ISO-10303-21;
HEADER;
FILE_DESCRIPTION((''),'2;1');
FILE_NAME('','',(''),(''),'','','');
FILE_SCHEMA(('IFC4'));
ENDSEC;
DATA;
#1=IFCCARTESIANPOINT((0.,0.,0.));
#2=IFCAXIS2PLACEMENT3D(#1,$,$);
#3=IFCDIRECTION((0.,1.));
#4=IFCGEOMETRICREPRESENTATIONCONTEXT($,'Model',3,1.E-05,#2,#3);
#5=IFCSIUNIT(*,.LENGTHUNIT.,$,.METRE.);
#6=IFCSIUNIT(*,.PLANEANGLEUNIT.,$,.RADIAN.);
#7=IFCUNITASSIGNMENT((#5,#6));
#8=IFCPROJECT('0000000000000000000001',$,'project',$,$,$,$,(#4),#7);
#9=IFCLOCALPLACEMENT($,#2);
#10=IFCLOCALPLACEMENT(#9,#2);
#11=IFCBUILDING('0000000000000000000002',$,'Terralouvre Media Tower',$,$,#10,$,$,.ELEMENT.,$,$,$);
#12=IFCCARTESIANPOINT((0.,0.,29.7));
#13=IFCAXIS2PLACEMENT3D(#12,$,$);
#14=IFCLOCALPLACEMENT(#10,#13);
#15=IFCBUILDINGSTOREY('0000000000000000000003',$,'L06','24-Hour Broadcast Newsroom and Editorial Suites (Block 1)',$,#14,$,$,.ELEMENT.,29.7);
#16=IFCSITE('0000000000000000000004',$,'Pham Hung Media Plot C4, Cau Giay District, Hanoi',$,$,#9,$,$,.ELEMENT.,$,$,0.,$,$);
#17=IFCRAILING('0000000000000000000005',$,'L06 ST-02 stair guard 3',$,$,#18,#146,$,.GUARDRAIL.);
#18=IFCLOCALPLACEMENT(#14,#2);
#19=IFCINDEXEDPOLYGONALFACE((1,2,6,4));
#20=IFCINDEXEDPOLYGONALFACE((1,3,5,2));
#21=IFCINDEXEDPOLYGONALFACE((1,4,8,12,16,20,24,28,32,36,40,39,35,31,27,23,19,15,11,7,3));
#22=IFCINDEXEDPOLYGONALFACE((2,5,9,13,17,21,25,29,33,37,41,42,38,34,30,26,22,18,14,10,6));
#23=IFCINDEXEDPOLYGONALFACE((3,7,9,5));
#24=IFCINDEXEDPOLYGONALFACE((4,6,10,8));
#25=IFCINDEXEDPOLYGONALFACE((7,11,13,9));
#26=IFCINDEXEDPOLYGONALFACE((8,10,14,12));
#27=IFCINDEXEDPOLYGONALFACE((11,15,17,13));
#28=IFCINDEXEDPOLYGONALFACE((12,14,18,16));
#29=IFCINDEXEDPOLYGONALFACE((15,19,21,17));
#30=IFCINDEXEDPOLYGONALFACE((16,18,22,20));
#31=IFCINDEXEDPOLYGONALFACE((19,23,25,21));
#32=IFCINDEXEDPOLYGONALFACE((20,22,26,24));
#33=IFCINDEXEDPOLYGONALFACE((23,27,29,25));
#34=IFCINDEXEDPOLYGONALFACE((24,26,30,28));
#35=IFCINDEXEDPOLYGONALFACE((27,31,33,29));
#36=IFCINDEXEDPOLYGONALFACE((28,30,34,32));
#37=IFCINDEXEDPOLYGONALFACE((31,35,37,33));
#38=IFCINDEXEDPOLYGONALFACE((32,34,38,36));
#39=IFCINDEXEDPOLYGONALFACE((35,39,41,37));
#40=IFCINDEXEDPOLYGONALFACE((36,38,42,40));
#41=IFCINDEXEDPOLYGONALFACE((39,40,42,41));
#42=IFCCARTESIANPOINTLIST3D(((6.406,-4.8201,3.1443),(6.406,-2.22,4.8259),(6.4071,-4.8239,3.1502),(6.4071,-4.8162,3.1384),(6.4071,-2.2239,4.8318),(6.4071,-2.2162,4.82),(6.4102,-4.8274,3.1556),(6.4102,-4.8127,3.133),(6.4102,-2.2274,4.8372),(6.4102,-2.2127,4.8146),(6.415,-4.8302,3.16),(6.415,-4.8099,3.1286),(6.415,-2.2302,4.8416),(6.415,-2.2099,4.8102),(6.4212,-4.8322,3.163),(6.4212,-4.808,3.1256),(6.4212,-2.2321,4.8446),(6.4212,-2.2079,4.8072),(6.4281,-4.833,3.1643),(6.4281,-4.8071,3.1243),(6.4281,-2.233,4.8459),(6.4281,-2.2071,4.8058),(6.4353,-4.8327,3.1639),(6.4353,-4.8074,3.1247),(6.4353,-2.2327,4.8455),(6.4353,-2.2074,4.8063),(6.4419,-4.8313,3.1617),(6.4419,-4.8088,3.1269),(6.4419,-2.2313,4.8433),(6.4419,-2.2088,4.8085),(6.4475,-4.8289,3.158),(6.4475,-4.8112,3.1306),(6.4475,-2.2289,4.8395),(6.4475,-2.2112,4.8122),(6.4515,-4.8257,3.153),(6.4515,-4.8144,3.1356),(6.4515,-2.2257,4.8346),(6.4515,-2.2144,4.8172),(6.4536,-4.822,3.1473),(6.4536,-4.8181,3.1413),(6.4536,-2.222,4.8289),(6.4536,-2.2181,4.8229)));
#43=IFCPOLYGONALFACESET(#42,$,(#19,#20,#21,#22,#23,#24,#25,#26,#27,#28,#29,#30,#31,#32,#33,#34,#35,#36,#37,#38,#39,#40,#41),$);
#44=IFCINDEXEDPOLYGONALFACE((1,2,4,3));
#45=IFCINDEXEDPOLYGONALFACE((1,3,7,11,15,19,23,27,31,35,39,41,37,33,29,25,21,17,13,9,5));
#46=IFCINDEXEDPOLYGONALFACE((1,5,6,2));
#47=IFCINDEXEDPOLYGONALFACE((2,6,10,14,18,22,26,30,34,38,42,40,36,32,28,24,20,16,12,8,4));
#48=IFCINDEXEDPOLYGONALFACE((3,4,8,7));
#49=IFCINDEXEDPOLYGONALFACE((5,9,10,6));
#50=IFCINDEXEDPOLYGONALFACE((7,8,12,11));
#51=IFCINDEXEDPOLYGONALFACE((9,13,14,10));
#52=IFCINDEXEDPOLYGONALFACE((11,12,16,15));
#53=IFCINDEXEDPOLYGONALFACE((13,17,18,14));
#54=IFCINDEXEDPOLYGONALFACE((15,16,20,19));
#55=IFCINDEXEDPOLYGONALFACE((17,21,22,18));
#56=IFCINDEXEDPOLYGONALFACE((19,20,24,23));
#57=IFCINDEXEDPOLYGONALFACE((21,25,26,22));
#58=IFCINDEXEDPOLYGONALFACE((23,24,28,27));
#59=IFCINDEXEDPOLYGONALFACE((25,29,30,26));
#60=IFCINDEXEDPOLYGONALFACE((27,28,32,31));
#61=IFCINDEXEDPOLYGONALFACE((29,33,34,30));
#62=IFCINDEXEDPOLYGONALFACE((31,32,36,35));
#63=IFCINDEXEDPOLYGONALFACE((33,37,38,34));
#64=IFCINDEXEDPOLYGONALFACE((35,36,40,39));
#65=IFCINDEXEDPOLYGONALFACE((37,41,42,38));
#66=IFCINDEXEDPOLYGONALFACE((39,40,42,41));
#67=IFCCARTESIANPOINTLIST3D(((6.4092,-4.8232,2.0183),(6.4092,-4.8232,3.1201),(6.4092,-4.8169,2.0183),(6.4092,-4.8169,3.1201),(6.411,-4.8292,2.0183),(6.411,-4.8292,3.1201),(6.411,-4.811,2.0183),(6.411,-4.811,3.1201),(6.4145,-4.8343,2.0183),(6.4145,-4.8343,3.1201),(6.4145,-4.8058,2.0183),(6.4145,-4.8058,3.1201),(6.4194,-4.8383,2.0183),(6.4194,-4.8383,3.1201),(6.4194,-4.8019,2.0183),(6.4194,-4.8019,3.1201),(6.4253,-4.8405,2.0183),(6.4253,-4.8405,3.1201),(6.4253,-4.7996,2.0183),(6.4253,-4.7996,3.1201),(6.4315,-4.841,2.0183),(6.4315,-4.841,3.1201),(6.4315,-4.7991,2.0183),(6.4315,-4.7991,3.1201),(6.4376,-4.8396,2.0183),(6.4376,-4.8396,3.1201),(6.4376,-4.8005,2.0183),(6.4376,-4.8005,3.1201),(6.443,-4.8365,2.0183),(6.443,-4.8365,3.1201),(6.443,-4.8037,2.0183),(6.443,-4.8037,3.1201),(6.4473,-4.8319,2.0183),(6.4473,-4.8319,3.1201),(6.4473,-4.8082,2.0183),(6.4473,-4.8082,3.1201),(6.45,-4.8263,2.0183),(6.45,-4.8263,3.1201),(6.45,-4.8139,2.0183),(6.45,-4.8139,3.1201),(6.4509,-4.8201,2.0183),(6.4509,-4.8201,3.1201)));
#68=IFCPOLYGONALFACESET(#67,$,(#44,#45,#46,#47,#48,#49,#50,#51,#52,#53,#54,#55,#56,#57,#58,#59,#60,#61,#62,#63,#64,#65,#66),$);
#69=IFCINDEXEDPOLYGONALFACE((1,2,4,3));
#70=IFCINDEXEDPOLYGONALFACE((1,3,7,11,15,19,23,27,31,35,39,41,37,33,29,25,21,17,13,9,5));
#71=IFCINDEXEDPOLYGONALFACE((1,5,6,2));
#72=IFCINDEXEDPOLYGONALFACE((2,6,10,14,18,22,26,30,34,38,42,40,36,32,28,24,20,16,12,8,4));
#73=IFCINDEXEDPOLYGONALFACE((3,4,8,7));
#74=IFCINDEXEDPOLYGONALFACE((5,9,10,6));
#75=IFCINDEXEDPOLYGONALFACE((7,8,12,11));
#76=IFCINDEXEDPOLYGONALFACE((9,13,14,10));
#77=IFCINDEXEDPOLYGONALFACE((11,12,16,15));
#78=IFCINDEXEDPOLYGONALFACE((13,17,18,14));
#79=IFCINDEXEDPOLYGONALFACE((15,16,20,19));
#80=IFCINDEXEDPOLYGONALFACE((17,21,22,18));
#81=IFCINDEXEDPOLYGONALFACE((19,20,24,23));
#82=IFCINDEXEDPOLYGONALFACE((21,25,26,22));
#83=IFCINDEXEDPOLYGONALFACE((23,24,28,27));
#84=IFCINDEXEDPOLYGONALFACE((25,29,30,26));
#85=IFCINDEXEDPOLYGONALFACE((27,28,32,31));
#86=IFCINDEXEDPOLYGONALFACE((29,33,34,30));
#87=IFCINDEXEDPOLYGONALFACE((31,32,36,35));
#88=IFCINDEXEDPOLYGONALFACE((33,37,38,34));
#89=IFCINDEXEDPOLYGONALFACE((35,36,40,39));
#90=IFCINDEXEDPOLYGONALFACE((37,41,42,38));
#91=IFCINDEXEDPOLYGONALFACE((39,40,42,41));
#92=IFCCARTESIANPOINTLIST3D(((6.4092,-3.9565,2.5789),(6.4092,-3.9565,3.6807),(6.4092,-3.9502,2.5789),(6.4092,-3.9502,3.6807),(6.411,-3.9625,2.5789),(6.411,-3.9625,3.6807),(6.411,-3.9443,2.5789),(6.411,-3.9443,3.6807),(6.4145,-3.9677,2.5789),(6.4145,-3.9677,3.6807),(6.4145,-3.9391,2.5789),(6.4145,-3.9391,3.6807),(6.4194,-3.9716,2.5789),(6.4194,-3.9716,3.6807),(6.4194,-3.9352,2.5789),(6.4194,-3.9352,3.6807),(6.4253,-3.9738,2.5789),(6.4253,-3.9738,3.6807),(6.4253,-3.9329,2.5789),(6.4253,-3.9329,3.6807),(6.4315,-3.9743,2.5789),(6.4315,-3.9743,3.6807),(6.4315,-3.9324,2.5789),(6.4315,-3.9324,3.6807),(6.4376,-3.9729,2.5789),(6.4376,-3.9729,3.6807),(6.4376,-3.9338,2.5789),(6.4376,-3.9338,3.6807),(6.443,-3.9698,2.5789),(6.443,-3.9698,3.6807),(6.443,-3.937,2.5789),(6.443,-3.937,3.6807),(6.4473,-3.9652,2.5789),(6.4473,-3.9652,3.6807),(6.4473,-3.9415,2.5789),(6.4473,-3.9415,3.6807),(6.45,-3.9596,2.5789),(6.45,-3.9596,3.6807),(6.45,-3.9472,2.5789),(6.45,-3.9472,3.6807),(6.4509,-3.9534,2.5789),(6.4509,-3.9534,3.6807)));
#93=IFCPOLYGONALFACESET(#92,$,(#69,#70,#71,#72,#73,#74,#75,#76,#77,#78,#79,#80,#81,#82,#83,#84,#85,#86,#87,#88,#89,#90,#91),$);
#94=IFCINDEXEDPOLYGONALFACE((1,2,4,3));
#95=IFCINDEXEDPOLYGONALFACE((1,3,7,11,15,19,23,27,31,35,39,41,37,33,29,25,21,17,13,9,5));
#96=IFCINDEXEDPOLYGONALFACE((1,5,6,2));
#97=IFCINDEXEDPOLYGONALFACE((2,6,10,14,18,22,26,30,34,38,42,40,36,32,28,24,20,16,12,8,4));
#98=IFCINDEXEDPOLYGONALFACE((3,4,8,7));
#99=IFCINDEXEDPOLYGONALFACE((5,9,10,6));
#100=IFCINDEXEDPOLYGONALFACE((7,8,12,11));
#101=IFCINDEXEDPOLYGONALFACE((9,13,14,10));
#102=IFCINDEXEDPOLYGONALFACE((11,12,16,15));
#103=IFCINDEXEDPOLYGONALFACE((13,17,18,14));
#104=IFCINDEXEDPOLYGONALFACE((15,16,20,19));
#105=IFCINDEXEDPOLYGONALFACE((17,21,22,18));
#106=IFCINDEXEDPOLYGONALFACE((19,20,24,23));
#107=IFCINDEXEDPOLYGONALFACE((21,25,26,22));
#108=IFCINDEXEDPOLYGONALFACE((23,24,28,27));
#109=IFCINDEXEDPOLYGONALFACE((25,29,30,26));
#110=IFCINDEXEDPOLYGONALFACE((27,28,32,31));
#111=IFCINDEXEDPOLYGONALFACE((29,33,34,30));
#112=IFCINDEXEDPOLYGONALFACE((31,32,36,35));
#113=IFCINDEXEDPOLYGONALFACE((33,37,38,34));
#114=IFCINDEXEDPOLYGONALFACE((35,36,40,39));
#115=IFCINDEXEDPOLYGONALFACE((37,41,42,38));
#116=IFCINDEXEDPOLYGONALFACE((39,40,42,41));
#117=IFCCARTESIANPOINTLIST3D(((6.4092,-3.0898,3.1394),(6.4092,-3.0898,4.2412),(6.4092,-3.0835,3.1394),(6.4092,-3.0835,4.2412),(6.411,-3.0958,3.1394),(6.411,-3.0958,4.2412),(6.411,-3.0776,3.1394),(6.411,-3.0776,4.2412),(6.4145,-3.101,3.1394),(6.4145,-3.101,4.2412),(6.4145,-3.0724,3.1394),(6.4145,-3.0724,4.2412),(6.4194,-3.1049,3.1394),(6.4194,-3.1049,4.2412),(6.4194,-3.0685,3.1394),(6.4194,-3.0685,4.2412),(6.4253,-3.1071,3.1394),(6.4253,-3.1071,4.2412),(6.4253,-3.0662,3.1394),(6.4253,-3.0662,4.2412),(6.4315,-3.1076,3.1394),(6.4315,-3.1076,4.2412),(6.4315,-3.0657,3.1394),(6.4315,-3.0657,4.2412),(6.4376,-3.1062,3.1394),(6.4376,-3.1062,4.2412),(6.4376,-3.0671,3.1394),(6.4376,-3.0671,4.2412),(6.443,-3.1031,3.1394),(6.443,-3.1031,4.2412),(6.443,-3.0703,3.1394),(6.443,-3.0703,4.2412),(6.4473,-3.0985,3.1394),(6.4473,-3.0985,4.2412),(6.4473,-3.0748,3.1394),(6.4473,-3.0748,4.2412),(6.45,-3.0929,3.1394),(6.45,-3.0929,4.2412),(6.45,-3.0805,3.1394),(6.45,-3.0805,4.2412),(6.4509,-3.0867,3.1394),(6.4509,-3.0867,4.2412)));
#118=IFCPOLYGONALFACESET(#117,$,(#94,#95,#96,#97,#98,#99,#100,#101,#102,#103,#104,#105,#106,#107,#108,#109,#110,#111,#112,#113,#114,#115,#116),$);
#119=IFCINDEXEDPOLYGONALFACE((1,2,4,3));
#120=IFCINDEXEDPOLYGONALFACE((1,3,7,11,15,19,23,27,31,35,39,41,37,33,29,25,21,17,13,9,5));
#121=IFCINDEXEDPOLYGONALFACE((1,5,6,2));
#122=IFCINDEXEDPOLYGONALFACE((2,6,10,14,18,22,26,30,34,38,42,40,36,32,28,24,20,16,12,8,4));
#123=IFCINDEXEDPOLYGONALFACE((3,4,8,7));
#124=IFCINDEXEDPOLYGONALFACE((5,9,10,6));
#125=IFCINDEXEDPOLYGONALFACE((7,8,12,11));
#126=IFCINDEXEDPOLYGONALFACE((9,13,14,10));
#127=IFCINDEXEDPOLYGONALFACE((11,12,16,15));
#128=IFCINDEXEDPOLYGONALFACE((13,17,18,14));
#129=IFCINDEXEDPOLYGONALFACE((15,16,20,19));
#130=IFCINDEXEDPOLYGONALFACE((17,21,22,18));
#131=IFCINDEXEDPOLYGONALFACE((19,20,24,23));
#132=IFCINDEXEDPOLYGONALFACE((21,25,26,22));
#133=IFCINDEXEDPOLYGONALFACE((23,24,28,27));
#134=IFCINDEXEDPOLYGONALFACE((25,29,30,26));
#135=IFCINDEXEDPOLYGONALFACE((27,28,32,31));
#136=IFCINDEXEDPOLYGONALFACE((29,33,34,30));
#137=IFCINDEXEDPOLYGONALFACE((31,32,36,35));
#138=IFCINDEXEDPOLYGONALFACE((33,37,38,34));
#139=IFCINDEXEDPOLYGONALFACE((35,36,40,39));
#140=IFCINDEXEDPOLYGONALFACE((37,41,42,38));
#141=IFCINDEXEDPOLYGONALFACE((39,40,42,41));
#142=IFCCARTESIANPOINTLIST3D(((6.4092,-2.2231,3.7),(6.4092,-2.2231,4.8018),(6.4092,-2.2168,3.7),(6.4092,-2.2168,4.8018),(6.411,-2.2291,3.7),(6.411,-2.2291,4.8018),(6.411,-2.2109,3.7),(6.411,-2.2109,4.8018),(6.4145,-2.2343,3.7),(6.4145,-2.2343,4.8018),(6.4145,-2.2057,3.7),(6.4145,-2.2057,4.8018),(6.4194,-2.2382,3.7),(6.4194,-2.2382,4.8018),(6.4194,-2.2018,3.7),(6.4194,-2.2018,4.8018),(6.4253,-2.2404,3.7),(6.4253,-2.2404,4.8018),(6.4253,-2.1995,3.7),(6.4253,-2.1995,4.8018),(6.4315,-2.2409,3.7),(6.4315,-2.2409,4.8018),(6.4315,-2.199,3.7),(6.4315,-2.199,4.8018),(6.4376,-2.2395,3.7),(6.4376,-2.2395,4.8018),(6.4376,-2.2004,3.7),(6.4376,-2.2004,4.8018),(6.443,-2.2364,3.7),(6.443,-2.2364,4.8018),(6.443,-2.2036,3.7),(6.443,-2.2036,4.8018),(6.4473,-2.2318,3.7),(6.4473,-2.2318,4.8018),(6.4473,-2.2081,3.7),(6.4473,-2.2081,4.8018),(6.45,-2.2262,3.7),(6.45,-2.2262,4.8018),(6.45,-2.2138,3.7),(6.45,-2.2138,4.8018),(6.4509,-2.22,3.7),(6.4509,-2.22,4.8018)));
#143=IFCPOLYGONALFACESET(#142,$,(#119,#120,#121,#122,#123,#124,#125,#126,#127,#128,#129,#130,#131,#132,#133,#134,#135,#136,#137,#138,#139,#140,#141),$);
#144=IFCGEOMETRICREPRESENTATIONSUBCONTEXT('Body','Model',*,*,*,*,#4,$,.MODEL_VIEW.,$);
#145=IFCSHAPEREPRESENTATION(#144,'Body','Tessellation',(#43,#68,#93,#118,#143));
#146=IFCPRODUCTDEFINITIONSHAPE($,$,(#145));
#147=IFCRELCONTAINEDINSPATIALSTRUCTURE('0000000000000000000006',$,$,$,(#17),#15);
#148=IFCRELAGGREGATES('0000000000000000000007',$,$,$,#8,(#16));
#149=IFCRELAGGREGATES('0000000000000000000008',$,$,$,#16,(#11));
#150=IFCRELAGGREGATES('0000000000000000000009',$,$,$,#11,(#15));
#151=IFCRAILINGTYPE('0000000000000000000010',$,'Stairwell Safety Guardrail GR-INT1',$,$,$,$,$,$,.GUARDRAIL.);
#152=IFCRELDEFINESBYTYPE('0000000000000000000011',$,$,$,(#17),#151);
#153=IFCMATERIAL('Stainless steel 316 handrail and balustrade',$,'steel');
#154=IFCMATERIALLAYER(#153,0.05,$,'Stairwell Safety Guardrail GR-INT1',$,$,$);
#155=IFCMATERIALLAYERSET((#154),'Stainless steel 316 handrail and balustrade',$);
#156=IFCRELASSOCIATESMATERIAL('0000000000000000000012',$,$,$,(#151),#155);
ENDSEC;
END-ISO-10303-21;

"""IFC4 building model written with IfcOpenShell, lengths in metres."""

from ifc_helpers import new_model, si_unit, direction, frame, origin, origin_2d, place, context, subcontext, project, spatial, circle, extrude, material, layer, layer_set, type_object, element, save


model = new_model("IFC4")

# Units and contexts
model_context = context("Model", 3, precision=1e-05, world=origin(), true_north=direction((0.0, 1.0)))
body_context = subcontext(model_context, "Body", "Model", "MODEL_VIEW")
ifc_project = project(units=[si_unit("LENGTHUNIT", "METRE"), si_unit("PLANEANGLEUNIT", "RADIAN")], contexts=[model_context])

# Site, building, storey
site_placement = place(None, origin())
site = spatial("IfcSite", under=ifc_project, at=site_placement, Name="Pham Hung Media Plot C4, Cau Giay District, Hanoi", CompositionType="ELEMENT", RefElevation=0.0)
building_placement = place(site_placement, origin())
building = spatial("IfcBuilding", under=site, at=building_placement, Name="Terralouvre Media Tower", CompositionType="ELEMENT")
storey_placement = place(building_placement, frame((0.0, 0.0, 29.7)))
storey = spatial("IfcBuildingStorey", under=building, at=storey_placement, Name="L06", Description="24-Hour Broadcast Newsroom and Editorial Suites (Block 1)", CompositionType="ELEMENT", Elevation=29.7)

# Railing
ifc_material_1 = material(Name="Stainless steel 316 handrail and balustrade", Category="steel")
ifc_layer_1 = layer(ifc_material_1, 0.05, Name="Stairwell Safety Guardrail GR-INT1")
ifc_layer_set_1 = layer_set([ifc_layer_1], Name="Stainless steel 316 handrail and balustrade")
railing_type_1 = type_object("IfcRailingType", Name="Stairwell Safety Guardrail GR-INT1", PredefinedType="GUARDRAIL", material=ifc_layer_set_1)
railing_1_placement = place(storey_placement, frame((6.4299, -4.8201, 2.0183)))
element("IfcRailing", 1, at=railing_1_placement, inside=storey, type_object=railing_type_1, Name="L06 ST-02 stair guard 3", PredefinedType="GUARDRAIL", context=body_context, shape_type="SweptSolid", body=[
    extrude(circle(Radius=0.0239, at=origin_2d()), frame((0.0, 0.0, 1.126), z_axis=(0.0, 0.839684, 0.543075), x_axis=(-1.0, 0.0, 0.0)), (0.0, 0.0, 1.0), 3.0964),
    extrude(circle(Radius=0.021, at=origin_2d()), origin(), (0.0, 0.0, 1.0), 1.1018),
    extrude(circle(Radius=0.021, at=origin_2d()), frame((0.0, 0.8667, 0.5605)), (0.0, 0.0, 1.0), 1.1018),
    extrude(circle(Radius=0.021, at=origin_2d()), frame((0.0, 1.7334, 1.1211)), (0.0, 0.0, 1.0), 1.1018),
    extrude(circle(Radius=0.021, at=origin_2d()), frame((0.0, 2.6001, 1.6816)), (0.0, 0.0, 1.0), 1.1018),
])

save(model, "model.ifc")
